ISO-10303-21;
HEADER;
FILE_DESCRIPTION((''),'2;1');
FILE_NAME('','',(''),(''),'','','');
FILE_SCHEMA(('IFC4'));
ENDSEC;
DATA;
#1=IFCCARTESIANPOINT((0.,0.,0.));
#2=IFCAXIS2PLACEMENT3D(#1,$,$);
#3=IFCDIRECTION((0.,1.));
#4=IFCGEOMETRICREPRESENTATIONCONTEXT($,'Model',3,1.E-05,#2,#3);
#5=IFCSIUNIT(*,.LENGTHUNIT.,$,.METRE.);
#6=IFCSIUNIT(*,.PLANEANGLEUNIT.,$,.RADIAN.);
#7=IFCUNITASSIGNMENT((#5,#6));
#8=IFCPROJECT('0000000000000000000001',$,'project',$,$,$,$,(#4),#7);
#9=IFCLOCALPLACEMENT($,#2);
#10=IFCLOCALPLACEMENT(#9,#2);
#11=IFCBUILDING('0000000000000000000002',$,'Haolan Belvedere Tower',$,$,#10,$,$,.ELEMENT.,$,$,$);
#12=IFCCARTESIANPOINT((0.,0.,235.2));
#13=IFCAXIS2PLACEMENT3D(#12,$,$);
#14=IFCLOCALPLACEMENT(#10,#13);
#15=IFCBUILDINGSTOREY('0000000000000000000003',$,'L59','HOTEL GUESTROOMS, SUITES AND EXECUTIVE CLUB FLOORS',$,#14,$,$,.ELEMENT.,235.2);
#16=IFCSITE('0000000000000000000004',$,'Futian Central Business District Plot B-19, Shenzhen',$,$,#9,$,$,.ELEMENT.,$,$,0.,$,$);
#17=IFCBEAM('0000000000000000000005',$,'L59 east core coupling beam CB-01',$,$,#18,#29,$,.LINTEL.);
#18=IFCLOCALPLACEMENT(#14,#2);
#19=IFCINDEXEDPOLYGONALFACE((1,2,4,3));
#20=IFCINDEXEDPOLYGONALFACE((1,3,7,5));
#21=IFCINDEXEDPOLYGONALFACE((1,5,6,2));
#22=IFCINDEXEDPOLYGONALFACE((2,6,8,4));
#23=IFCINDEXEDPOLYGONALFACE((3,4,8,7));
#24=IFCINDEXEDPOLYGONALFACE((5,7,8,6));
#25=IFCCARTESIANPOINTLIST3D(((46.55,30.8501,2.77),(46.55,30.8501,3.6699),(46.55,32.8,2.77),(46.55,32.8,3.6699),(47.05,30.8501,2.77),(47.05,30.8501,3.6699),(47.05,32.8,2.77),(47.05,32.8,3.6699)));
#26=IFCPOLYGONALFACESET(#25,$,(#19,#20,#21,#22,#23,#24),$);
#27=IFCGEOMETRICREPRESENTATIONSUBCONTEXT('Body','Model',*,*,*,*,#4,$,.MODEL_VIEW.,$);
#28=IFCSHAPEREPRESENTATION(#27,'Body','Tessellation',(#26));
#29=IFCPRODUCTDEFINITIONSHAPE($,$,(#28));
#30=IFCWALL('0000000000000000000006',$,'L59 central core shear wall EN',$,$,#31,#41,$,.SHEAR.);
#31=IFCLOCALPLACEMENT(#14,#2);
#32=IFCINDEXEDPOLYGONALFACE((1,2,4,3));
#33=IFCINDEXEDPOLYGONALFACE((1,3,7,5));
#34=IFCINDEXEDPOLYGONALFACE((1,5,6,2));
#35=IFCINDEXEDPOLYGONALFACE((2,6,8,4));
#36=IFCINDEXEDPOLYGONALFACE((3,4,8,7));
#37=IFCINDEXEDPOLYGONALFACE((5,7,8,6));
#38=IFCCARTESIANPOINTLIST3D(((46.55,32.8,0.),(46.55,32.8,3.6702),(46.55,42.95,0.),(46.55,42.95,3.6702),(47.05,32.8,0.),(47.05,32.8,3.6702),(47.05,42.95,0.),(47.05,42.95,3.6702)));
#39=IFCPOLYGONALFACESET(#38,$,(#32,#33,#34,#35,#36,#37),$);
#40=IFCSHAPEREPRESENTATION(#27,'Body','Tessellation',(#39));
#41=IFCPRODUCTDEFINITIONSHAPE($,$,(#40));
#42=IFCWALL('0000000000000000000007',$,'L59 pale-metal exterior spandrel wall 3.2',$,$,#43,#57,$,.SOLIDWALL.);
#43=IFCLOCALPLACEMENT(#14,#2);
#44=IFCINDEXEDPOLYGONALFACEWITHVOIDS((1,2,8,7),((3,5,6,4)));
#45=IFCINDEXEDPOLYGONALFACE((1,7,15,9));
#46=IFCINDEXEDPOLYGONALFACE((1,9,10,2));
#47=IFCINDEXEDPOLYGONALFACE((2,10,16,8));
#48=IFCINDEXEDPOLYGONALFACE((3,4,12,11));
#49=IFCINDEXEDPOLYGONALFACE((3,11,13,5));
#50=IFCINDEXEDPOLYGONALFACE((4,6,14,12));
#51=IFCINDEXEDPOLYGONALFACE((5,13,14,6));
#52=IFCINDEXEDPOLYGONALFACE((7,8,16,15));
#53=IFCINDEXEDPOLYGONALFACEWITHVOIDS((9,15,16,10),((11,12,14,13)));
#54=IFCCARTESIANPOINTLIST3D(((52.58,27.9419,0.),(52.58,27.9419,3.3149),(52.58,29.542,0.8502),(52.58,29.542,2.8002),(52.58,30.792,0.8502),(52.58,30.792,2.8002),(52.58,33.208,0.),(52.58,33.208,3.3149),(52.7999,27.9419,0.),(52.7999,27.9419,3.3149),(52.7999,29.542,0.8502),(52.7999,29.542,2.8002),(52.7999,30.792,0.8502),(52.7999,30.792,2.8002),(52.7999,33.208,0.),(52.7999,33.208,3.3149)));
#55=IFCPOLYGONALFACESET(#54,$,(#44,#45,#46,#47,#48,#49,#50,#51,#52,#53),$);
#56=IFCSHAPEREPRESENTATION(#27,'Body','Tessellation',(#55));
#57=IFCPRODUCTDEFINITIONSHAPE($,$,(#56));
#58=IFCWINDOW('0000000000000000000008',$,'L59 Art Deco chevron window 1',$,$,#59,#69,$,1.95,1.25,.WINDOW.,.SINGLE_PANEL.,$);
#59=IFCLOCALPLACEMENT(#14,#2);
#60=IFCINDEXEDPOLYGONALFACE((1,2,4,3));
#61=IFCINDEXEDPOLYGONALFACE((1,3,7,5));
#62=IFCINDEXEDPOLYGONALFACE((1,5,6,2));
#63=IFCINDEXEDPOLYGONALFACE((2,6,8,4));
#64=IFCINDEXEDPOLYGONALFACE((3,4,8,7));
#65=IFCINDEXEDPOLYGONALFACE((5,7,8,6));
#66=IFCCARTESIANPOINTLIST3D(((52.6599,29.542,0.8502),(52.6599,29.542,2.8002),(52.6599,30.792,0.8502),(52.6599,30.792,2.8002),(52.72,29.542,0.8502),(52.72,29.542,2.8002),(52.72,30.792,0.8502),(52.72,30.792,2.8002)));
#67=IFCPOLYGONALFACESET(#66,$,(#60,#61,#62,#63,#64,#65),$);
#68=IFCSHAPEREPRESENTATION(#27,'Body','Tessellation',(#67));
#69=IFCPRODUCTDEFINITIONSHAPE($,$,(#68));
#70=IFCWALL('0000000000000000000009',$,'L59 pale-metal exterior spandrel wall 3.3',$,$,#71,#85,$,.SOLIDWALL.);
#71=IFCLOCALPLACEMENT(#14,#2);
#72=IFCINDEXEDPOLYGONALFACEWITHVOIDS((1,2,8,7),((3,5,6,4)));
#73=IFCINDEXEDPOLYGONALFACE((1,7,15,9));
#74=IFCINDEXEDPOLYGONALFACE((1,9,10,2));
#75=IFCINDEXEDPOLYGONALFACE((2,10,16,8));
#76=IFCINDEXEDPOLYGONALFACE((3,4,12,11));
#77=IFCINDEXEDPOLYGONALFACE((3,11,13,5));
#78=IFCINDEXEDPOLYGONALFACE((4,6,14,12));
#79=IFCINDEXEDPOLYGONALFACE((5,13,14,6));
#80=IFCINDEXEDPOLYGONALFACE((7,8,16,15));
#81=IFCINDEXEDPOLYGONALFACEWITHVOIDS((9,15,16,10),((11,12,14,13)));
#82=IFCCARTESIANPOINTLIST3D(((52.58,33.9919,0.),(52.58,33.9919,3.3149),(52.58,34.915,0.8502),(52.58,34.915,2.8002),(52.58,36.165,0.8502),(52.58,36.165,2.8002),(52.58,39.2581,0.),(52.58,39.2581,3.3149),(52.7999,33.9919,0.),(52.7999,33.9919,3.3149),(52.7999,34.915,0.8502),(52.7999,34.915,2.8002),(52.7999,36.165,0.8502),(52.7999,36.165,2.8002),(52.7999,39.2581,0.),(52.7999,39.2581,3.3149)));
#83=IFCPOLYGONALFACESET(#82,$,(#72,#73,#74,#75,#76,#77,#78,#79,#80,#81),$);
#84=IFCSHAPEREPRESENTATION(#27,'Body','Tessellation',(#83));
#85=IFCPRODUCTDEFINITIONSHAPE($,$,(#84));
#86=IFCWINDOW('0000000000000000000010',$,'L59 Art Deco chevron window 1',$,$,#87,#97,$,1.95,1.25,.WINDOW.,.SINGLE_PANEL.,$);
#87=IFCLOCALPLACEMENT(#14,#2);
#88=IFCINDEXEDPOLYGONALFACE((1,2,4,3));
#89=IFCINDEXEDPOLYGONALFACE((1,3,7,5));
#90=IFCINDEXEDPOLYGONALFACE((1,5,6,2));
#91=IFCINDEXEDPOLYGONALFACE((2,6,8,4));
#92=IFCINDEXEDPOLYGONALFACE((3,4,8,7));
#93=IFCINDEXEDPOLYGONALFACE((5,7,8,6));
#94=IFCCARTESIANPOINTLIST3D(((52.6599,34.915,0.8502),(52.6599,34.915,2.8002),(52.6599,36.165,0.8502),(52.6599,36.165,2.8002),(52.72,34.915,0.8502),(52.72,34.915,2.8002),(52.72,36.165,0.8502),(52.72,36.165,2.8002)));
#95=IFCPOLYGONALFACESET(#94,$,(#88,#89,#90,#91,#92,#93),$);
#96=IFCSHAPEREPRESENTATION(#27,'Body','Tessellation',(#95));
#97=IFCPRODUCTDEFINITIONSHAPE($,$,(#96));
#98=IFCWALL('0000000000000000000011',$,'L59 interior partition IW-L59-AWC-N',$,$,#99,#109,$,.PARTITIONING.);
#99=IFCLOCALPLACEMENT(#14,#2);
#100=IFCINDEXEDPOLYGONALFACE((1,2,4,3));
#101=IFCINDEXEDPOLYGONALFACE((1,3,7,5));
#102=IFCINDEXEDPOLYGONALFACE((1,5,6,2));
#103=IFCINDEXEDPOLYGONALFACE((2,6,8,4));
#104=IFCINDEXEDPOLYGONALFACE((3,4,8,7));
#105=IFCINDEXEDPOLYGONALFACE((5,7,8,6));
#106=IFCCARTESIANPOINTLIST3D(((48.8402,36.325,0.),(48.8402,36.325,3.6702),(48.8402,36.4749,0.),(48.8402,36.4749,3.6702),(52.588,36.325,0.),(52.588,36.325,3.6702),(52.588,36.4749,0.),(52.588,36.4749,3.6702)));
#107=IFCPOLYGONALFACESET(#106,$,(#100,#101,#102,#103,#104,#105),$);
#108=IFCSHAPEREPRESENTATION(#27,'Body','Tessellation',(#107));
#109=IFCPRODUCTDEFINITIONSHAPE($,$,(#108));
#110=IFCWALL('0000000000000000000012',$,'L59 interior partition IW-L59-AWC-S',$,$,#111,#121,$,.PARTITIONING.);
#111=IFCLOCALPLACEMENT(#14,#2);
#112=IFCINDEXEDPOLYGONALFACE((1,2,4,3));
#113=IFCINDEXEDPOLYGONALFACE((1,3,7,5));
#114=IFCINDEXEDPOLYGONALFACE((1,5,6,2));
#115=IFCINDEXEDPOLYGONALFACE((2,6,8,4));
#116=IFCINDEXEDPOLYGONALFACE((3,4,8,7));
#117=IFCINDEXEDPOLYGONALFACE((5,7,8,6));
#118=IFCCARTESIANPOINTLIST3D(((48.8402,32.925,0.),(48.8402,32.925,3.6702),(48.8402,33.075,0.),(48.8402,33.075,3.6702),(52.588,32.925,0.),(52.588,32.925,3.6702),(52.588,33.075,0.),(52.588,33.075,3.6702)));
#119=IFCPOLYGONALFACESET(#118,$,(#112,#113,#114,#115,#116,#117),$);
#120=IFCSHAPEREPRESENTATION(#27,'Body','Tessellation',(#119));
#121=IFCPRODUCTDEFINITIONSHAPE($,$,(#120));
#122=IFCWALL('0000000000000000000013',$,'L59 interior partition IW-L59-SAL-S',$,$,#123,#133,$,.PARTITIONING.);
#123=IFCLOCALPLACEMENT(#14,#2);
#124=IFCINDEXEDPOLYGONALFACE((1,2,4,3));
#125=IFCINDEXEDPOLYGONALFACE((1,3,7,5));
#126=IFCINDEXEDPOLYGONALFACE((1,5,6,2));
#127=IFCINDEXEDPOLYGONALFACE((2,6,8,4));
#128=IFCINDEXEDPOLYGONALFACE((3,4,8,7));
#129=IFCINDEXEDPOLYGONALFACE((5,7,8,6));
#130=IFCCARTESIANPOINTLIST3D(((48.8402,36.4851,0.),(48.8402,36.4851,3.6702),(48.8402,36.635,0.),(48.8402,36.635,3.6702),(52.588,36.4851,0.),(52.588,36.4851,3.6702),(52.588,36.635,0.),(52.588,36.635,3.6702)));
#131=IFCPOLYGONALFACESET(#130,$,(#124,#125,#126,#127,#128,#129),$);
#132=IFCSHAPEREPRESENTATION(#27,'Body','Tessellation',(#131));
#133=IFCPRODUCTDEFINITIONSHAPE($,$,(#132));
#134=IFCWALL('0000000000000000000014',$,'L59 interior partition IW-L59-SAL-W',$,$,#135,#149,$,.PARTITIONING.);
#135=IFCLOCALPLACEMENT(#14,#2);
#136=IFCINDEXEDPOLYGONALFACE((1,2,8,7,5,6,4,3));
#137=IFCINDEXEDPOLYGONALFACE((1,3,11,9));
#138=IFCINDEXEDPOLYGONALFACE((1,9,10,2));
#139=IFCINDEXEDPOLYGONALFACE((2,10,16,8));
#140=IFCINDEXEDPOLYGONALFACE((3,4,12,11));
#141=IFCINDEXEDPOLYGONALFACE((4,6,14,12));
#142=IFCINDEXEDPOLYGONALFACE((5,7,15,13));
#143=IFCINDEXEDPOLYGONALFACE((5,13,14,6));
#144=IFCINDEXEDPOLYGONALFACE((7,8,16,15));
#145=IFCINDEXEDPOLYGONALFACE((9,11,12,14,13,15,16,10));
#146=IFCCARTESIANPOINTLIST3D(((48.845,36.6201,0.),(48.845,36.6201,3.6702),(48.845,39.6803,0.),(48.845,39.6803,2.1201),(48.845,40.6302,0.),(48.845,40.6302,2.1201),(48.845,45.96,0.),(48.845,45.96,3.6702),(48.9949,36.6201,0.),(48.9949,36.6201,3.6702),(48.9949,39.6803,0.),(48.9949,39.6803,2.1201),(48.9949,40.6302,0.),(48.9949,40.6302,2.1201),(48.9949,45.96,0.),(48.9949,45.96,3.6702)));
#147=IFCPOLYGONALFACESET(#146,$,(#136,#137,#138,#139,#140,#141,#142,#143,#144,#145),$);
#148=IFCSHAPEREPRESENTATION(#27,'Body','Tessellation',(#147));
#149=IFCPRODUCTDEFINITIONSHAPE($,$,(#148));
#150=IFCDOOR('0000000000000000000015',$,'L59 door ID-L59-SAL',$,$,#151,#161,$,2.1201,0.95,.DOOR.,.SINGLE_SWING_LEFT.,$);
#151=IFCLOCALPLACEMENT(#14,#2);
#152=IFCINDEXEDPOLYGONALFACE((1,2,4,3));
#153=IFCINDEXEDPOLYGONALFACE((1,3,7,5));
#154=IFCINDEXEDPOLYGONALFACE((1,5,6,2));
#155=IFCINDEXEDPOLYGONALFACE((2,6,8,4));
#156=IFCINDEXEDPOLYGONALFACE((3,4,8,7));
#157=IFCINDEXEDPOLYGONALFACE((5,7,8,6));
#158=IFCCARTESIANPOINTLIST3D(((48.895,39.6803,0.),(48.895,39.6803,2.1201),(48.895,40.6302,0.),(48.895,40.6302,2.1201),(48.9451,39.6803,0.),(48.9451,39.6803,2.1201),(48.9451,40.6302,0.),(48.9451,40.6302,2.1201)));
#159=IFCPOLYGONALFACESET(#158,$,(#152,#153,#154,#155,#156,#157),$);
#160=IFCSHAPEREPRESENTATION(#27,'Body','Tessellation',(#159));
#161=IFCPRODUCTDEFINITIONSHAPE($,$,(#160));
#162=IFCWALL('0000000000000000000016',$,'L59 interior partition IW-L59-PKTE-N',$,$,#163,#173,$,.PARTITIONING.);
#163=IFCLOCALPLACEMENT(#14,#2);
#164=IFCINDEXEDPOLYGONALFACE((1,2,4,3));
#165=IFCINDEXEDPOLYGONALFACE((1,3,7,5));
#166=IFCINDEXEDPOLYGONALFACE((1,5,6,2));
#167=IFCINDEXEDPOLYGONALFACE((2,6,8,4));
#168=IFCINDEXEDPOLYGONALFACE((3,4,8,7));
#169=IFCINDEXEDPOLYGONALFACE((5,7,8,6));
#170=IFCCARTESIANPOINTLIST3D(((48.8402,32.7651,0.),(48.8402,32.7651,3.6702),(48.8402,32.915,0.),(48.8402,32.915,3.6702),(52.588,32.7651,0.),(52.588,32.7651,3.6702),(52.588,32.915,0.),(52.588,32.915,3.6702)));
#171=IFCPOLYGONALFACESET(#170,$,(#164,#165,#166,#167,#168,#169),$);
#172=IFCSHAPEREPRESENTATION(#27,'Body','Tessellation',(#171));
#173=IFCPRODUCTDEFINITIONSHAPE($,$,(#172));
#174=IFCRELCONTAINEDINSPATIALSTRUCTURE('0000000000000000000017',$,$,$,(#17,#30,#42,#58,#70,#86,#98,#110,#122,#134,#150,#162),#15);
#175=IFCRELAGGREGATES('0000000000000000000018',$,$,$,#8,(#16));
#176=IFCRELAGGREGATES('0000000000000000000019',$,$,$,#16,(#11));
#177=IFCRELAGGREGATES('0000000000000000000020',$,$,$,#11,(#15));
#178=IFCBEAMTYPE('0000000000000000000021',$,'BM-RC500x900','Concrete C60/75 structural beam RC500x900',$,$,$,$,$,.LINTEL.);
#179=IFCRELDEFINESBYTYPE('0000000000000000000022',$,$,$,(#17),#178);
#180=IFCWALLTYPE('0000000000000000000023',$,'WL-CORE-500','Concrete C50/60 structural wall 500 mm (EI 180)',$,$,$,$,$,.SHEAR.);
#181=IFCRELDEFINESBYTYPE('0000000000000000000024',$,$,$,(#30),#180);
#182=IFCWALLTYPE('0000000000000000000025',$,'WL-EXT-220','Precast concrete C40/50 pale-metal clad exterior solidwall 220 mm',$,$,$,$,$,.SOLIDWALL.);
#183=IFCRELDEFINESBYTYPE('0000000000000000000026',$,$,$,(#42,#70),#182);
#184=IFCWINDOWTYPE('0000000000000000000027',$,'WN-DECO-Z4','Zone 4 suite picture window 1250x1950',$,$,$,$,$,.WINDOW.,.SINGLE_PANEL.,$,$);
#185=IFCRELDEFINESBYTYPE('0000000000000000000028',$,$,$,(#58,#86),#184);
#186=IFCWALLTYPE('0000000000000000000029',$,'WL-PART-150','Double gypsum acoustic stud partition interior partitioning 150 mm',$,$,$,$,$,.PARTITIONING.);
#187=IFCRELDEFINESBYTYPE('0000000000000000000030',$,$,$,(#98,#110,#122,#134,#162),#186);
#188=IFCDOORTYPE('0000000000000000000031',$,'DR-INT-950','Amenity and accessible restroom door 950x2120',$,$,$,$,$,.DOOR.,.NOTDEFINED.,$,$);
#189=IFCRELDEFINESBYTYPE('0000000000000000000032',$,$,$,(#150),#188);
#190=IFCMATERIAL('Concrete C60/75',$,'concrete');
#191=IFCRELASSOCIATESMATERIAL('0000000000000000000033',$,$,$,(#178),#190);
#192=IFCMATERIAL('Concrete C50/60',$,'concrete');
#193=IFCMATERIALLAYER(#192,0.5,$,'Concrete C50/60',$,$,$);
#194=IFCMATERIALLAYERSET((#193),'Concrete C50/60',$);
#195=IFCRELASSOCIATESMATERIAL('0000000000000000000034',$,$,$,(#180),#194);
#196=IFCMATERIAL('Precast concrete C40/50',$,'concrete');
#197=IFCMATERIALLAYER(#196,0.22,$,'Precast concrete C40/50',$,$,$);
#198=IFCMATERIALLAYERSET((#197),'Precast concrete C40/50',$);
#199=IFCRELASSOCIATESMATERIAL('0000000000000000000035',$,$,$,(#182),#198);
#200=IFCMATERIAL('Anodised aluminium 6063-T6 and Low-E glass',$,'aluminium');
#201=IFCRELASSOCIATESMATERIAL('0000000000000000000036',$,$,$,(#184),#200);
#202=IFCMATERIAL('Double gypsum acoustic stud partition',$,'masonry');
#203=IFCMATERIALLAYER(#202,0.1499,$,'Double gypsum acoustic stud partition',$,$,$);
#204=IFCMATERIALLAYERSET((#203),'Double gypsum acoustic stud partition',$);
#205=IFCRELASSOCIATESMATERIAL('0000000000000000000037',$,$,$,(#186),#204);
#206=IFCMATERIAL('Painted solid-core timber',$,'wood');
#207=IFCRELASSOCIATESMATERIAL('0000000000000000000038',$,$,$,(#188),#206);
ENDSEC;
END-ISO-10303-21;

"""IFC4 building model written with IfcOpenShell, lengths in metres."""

from ifc_helpers import new_model, si_unit, direction, frame, frame_2d, origin, origin_2d, place, context, subcontext, project, spatial, rectangle, extrude, material, layer, layer_set, material_profile, profile_set, type_object, element, fill, save


model = new_model("IFC4")

# Units and contexts
model_context = context("Model", 3, precision=1e-05, world=origin(), true_north=direction((0.0, 1.0)))
body_context = subcontext(model_context, "Body", "Model", "MODEL_VIEW")
ifc_project = project(units=[si_unit("LENGTHUNIT", "METRE"), si_unit("PLANEANGLEUNIT", "RADIAN")], contexts=[model_context])

# Site, building, storey
site_placement = place(None, origin())
site = spatial("IfcSite", under=ifc_project, at=site_placement, Name="Futian Central Business District Plot B-19, Shenzhen", CompositionType="ELEMENT", RefElevation=0.0)
building_placement = place(site_placement, origin())
building = spatial("IfcBuilding", under=site, at=building_placement, Name="Haolan Belvedere Tower", CompositionType="ELEMENT")
storey_placement = place(building_placement, frame((0.0, 0.0, 235.2)))
storey = spatial("IfcBuildingStorey", under=building, at=storey_placement, Name="L59", Description="HOTEL GUESTROOMS, SUITES AND EXECUTIVE CLUB FLOORS", CompositionType="ELEMENT", Elevation=235.2)

# Beam
ifc_material_1 = material(Name="Concrete C60/75", Category="concrete")
ifc_material_profile_1 = material_profile(ifc_material_1, rectangle(XDim=0.5, YDim=0.8999, at=origin_2d()), Name="Concrete C60/75")
ifc_profile_set_1 = profile_set([ifc_material_profile_1], Name="Concrete C60/75")
beam_type_1 = type_object("IfcBeamType", Name="BM-RC500x900", Description="Concrete C60/75 structural beam RC500x900", PredefinedType="LINTEL", material=ifc_profile_set_1)
beam_1_placement = place(storey_placement, frame((46.8, 30.8501, 3.22), z_axis=(0.0, 1.0, 0.0), x_axis=(-1.0, 0.0, 0.0)))
element("IfcBeam", 1, at=beam_1_placement, inside=storey, type_object=beam_type_1, Name="L59 east core coupling beam CB-01", PredefinedType="LINTEL", context=body_context, shape_type="SweptSolid", body=[
    extrude(rectangle(XDim=0.5, YDim=0.8999, at=origin_2d()), origin(), (0.0, 0.0, 1.0), 1.95),
])

# Wall
ifc_material_2 = material(Name="Concrete C50/60", Category="concrete")
ifc_layer_1 = layer(ifc_material_2, 0.5, Name="Concrete C50/60")
ifc_layer_set_1 = layer_set([ifc_layer_1], Name="Concrete C50/60")
wall_type_1 = type_object("IfcWallType", Name="WL-CORE-500", Description="Concrete C50/60 structural wall 500 mm (EI 180)", PredefinedType="SHEAR", material=ifc_layer_set_1)
wall_1_placement = place(storey_placement, frame((46.8, 32.8, 0.0), z_axis=(0.0, 0.0, 1.0), x_axis=(0.0, 1.0, 0.0)))
element("IfcWall", 2, at=wall_1_placement, inside=storey, type_object=wall_type_1, Name="L59 central core shear wall EN", PredefinedType="SHEAR", context=body_context, shape_type="SweptSolid", body=[
    extrude(rectangle(XDim=10.1499, YDim=0.5, at=frame_2d((5.075, 0.0))), origin(), (0.0, 0.0, 1.0), 3.6702),
])

# Walls, openings, windows
ifc_material_3 = material(Name="Precast concrete C40/50", Category="concrete")
ifc_layer_2 = layer(ifc_material_3, 0.22, Name="Precast concrete C40/50")
ifc_layer_set_2 = layer_set([ifc_layer_2], Name="Precast concrete C40/50")
wall_type_2 = type_object("IfcWallType", Name="WL-EXT-220", Description="Precast concrete C40/50 pale-metal clad exterior solidwall 220 mm", PredefinedType="SOLIDWALL", material=ifc_layer_set_2)
wall_2_placement = place(storey_placement, frame((52.6899, 27.9419, 0.0), z_axis=(0.0, 0.0, 1.0), x_axis=(0.0, 1.0, 0.0)))
wall_2 = element("IfcWall", 3, at=wall_2_placement, inside=storey, type_object=wall_type_2, Name="L59 pale-metal exterior spandrel wall 3.2", PredefinedType="SOLIDWALL", context=body_context, shape_type="SweptSolid", body=[
    extrude(rectangle(XDim=5.2661, YDim=0.22, at=frame_2d((2.6331, 0.0))), origin(), (0.0, 0.0, 1.0), 3.3149),
])
opening_1_placement = place(wall_2_placement, frame((1.6001, 0.0, 0.8501)))
opening_1 = element("IfcOpeningElement", 4, at=opening_1_placement, cuts=wall_2, PredefinedType="OPENING", context=body_context, shape_type="SweptSolid", body=[
    extrude(rectangle(XDim=1.25, YDim=1.95, at=frame_2d((0.625, 0.9751))), frame((0.0, 0.1199, 0.0), z_axis=(0.0, -1.0, 0.0), x_axis=(1.0, 0.0, 0.0)), (0.0, 0.0, 1.0), 0.24),
])
ifc_material_4 = material(Name="Anodised aluminium 6063-T6 and Low-E glass", Category="aluminium")
window_type = type_object("IfcWindowType", Name="WN-DECO-Z4", Description="Zone 4 suite picture window 1250x1950", PartitioningType="SINGLE_PANEL", PredefinedType="WINDOW", material=ifc_material_4)
window_1_placement = place(opening_1_placement, origin())
window_1 = element("IfcWindow", 5, at=window_1_placement, inside=storey, type_object=window_type, Name="L59 Art Deco chevron window 1", OverallHeight=1.95, OverallWidth=1.25, PartitioningType="SINGLE_PANEL", PredefinedType="WINDOW", context=body_context, shape_type="SweptSolid", body=[
    extrude(rectangle(XDim=1.25, YDim=1.95, at=frame_2d((0.625, 0.9751))), frame((0.0, 0.03, 0.0), z_axis=(0.0, -1.0, 0.0), x_axis=(1.0, 0.0, 0.0)), (0.0, 0.0, 1.0), 0.0601),
])
fill(opening_1, window_1)
wall_3_placement = place(storey_placement, frame((52.6899, 33.9919, 0.0), z_axis=(0.0, 0.0, 1.0), x_axis=(0.0, 1.0, 0.0)))
wall_3 = element("IfcWall", 6, at=wall_3_placement, inside=storey, type_object=wall_type_2, Name="L59 pale-metal exterior spandrel wall 3.3", PredefinedType="SOLIDWALL", context=body_context, shape_type="SweptSolid", body=[
    extrude(rectangle(XDim=5.2661, YDim=0.22, at=frame_2d((2.6331, 0.0))), origin(), (0.0, 0.0, 1.0), 3.3149),
])
opening_2_placement = place(wall_3_placement, frame((0.9231, 0.0, 0.8501)))
opening_2 = element("IfcOpeningElement", 7, at=opening_2_placement, cuts=wall_3, PredefinedType="OPENING", context=body_context, shape_type="SweptSolid", body=[
    extrude(rectangle(XDim=1.25, YDim=1.95, at=frame_2d((0.625, 0.9751))), frame((0.0, 0.1199, 0.0), z_axis=(0.0, -1.0, 0.0), x_axis=(1.0, 0.0, 0.0)), (0.0, 0.0, 1.0), 0.24),
])
window_2_placement = place(opening_2_placement, origin())
window_2 = element("IfcWindow", 8, at=window_2_placement, inside=storey, type_object=window_type, Name="L59 Art Deco chevron window 1", OverallHeight=1.95, OverallWidth=1.25, PartitioningType="SINGLE_PANEL", PredefinedType="WINDOW", context=body_context, shape_type="SweptSolid", body=[
    extrude(rectangle(XDim=1.25, YDim=1.95, at=frame_2d((0.625, 0.9751))), frame((0.0, 0.03, 0.0), z_axis=(0.0, -1.0, 0.0), x_axis=(1.0, 0.0, 0.0)), (0.0, 0.0, 1.0), 0.0601),
])
fill(opening_2, window_2)

# Walls
ifc_material_5 = material(Name="Double gypsum acoustic stud partition", Category="masonry")
ifc_layer_3 = layer(ifc_material_5, 0.1499, Name="Double gypsum acoustic stud partition")
ifc_layer_set_3 = layer_set([ifc_layer_3], Name="Double gypsum acoustic stud partition")
wall_type_3 = type_object("IfcWallType", Name="WL-PART-150", Description="Double gypsum acoustic stud partition interior partitioning 150 mm", PredefinedType="PARTITIONING", material=ifc_layer_set_3)
for number, where, z_axis, x_axis, name in (
    (9, (48.8401, 36.3999, 0.0), (0.0, 0.0, 1.0), (1.0, 0.0, 0.0), "L59 interior partition IW-L59-AWC-N"),
    (10, (48.8401, 33.0, 0.0), (0.0, 0.0, 1.0), (1.0, 0.0, 0.0), "L59 interior partition IW-L59-AWC-S"),
):
    element("IfcWall", number, at=place(storey_placement, frame(where, z_axis=z_axis, x_axis=x_axis)), inside=storey, type_object=wall_type_3, Name=name, PredefinedType="PARTITIONING", context=body_context, shape_type="SweptSolid", body=[
        extrude(rectangle(XDim=3.7478, YDim=0.1499, at=frame_2d((1.874, 0.0))), origin(), (0.0, 0.0, 1.0), 3.6702),
    ])

# Shared definitions
ifc_material_6 = material(Name="Painted solid-core timber", Category="wood")
door_type = type_object("IfcDoorType", Name="DR-INT-950", Description="Amenity and accessible restroom door 950x2120", OperationType="NOTDEFINED", PredefinedType="DOOR", material=ifc_material_6)

# Wall
wall_4_placement = place(storey_placement, frame((48.8401, 36.5601, 0.0), z_axis=(0.0, 0.0, 1.0), x_axis=(1.0, 0.0, 0.0)))
element("IfcWall", 11, at=wall_4_placement, inside=storey, type_object=wall_type_3, Name="L59 interior partition IW-L59-SAL-S", PredefinedType="PARTITIONING", context=body_context, shape_type="SweptSolid", body=[
    extrude(rectangle(XDim=3.7478, YDim=0.1499, at=frame_2d((1.874, 0.0))), origin(), (0.0, 0.0, 1.0), 3.6702),
])

# Wall, opening, door
wall_5_placement = place(storey_placement, frame((48.9199, 36.6201, 0.0), z_axis=(0.0, 0.0, 1.0), x_axis=(0.0, 1.0, 0.0)))
wall_5 = element("IfcWall", 12, at=wall_5_placement, inside=storey, type_object=wall_type_3, Name="L59 interior partition IW-L59-SAL-W", PredefinedType="PARTITIONING", context=body_context, shape_type="SweptSolid", body=[
    extrude(rectangle(XDim=9.3398, YDim=0.1499, at=frame_2d((4.6699, 0.0))), origin(), (0.0, 0.0, 1.0), 3.6702),
])
opening_3_placement = place(wall_5_placement, frame((3.0601, 0.0, 0.0)))
opening_3 = element("IfcOpeningElement", 13, at=opening_3_placement, cuts=wall_5, PredefinedType="OPENING", context=body_context, shape_type="SweptSolid", body=[
    extrude(rectangle(XDim=0.95, YDim=2.1201, at=frame_2d((0.4751, 1.0601))), frame((0.0, 0.085, 0.0), z_axis=(0.0, -1.0, 0.0), x_axis=(1.0, 0.0, 0.0)), (0.0, 0.0, 1.0), 0.1699),
])
door_1_placement = place(opening_3_placement, origin())
door_1 = element("IfcDoor", 14, at=door_1_placement, inside=storey, type_object=door_type, Name="L59 door ID-L59-SAL", OperationType="SINGLE_SWING_LEFT", OverallHeight=2.1201, OverallWidth=0.95, PredefinedType="DOOR", context=body_context, shape_type="SweptSolid", body=[
    extrude(rectangle(XDim=0.95, YDim=2.1201, at=frame_2d((0.4751, 1.0601))), frame((0.0, 0.0249, 0.0), z_axis=(0.0, -1.0, 0.0), x_axis=(1.0, 0.0, 0.0)), (0.0, 0.0, 1.0), 0.05),
])
fill(opening_3, door_1)

# Wall
wall_6_placement = place(storey_placement, frame((48.8401, 32.8401, 0.0), z_axis=(0.0, 0.0, 1.0), x_axis=(1.0, 0.0, 0.0)))
element("IfcWall", 15, at=wall_6_placement, inside=storey, type_object=wall_type_3, Name="L59 interior partition IW-L59-PKTE-N", PredefinedType="PARTITIONING", context=body_context, shape_type="SweptSolid", body=[
    extrude(rectangle(XDim=3.7478, YDim=0.1499, at=frame_2d((1.874, 0.0))), origin(), (0.0, 0.0, 1.0), 3.6702),
])

save(model, "model.ifc")
